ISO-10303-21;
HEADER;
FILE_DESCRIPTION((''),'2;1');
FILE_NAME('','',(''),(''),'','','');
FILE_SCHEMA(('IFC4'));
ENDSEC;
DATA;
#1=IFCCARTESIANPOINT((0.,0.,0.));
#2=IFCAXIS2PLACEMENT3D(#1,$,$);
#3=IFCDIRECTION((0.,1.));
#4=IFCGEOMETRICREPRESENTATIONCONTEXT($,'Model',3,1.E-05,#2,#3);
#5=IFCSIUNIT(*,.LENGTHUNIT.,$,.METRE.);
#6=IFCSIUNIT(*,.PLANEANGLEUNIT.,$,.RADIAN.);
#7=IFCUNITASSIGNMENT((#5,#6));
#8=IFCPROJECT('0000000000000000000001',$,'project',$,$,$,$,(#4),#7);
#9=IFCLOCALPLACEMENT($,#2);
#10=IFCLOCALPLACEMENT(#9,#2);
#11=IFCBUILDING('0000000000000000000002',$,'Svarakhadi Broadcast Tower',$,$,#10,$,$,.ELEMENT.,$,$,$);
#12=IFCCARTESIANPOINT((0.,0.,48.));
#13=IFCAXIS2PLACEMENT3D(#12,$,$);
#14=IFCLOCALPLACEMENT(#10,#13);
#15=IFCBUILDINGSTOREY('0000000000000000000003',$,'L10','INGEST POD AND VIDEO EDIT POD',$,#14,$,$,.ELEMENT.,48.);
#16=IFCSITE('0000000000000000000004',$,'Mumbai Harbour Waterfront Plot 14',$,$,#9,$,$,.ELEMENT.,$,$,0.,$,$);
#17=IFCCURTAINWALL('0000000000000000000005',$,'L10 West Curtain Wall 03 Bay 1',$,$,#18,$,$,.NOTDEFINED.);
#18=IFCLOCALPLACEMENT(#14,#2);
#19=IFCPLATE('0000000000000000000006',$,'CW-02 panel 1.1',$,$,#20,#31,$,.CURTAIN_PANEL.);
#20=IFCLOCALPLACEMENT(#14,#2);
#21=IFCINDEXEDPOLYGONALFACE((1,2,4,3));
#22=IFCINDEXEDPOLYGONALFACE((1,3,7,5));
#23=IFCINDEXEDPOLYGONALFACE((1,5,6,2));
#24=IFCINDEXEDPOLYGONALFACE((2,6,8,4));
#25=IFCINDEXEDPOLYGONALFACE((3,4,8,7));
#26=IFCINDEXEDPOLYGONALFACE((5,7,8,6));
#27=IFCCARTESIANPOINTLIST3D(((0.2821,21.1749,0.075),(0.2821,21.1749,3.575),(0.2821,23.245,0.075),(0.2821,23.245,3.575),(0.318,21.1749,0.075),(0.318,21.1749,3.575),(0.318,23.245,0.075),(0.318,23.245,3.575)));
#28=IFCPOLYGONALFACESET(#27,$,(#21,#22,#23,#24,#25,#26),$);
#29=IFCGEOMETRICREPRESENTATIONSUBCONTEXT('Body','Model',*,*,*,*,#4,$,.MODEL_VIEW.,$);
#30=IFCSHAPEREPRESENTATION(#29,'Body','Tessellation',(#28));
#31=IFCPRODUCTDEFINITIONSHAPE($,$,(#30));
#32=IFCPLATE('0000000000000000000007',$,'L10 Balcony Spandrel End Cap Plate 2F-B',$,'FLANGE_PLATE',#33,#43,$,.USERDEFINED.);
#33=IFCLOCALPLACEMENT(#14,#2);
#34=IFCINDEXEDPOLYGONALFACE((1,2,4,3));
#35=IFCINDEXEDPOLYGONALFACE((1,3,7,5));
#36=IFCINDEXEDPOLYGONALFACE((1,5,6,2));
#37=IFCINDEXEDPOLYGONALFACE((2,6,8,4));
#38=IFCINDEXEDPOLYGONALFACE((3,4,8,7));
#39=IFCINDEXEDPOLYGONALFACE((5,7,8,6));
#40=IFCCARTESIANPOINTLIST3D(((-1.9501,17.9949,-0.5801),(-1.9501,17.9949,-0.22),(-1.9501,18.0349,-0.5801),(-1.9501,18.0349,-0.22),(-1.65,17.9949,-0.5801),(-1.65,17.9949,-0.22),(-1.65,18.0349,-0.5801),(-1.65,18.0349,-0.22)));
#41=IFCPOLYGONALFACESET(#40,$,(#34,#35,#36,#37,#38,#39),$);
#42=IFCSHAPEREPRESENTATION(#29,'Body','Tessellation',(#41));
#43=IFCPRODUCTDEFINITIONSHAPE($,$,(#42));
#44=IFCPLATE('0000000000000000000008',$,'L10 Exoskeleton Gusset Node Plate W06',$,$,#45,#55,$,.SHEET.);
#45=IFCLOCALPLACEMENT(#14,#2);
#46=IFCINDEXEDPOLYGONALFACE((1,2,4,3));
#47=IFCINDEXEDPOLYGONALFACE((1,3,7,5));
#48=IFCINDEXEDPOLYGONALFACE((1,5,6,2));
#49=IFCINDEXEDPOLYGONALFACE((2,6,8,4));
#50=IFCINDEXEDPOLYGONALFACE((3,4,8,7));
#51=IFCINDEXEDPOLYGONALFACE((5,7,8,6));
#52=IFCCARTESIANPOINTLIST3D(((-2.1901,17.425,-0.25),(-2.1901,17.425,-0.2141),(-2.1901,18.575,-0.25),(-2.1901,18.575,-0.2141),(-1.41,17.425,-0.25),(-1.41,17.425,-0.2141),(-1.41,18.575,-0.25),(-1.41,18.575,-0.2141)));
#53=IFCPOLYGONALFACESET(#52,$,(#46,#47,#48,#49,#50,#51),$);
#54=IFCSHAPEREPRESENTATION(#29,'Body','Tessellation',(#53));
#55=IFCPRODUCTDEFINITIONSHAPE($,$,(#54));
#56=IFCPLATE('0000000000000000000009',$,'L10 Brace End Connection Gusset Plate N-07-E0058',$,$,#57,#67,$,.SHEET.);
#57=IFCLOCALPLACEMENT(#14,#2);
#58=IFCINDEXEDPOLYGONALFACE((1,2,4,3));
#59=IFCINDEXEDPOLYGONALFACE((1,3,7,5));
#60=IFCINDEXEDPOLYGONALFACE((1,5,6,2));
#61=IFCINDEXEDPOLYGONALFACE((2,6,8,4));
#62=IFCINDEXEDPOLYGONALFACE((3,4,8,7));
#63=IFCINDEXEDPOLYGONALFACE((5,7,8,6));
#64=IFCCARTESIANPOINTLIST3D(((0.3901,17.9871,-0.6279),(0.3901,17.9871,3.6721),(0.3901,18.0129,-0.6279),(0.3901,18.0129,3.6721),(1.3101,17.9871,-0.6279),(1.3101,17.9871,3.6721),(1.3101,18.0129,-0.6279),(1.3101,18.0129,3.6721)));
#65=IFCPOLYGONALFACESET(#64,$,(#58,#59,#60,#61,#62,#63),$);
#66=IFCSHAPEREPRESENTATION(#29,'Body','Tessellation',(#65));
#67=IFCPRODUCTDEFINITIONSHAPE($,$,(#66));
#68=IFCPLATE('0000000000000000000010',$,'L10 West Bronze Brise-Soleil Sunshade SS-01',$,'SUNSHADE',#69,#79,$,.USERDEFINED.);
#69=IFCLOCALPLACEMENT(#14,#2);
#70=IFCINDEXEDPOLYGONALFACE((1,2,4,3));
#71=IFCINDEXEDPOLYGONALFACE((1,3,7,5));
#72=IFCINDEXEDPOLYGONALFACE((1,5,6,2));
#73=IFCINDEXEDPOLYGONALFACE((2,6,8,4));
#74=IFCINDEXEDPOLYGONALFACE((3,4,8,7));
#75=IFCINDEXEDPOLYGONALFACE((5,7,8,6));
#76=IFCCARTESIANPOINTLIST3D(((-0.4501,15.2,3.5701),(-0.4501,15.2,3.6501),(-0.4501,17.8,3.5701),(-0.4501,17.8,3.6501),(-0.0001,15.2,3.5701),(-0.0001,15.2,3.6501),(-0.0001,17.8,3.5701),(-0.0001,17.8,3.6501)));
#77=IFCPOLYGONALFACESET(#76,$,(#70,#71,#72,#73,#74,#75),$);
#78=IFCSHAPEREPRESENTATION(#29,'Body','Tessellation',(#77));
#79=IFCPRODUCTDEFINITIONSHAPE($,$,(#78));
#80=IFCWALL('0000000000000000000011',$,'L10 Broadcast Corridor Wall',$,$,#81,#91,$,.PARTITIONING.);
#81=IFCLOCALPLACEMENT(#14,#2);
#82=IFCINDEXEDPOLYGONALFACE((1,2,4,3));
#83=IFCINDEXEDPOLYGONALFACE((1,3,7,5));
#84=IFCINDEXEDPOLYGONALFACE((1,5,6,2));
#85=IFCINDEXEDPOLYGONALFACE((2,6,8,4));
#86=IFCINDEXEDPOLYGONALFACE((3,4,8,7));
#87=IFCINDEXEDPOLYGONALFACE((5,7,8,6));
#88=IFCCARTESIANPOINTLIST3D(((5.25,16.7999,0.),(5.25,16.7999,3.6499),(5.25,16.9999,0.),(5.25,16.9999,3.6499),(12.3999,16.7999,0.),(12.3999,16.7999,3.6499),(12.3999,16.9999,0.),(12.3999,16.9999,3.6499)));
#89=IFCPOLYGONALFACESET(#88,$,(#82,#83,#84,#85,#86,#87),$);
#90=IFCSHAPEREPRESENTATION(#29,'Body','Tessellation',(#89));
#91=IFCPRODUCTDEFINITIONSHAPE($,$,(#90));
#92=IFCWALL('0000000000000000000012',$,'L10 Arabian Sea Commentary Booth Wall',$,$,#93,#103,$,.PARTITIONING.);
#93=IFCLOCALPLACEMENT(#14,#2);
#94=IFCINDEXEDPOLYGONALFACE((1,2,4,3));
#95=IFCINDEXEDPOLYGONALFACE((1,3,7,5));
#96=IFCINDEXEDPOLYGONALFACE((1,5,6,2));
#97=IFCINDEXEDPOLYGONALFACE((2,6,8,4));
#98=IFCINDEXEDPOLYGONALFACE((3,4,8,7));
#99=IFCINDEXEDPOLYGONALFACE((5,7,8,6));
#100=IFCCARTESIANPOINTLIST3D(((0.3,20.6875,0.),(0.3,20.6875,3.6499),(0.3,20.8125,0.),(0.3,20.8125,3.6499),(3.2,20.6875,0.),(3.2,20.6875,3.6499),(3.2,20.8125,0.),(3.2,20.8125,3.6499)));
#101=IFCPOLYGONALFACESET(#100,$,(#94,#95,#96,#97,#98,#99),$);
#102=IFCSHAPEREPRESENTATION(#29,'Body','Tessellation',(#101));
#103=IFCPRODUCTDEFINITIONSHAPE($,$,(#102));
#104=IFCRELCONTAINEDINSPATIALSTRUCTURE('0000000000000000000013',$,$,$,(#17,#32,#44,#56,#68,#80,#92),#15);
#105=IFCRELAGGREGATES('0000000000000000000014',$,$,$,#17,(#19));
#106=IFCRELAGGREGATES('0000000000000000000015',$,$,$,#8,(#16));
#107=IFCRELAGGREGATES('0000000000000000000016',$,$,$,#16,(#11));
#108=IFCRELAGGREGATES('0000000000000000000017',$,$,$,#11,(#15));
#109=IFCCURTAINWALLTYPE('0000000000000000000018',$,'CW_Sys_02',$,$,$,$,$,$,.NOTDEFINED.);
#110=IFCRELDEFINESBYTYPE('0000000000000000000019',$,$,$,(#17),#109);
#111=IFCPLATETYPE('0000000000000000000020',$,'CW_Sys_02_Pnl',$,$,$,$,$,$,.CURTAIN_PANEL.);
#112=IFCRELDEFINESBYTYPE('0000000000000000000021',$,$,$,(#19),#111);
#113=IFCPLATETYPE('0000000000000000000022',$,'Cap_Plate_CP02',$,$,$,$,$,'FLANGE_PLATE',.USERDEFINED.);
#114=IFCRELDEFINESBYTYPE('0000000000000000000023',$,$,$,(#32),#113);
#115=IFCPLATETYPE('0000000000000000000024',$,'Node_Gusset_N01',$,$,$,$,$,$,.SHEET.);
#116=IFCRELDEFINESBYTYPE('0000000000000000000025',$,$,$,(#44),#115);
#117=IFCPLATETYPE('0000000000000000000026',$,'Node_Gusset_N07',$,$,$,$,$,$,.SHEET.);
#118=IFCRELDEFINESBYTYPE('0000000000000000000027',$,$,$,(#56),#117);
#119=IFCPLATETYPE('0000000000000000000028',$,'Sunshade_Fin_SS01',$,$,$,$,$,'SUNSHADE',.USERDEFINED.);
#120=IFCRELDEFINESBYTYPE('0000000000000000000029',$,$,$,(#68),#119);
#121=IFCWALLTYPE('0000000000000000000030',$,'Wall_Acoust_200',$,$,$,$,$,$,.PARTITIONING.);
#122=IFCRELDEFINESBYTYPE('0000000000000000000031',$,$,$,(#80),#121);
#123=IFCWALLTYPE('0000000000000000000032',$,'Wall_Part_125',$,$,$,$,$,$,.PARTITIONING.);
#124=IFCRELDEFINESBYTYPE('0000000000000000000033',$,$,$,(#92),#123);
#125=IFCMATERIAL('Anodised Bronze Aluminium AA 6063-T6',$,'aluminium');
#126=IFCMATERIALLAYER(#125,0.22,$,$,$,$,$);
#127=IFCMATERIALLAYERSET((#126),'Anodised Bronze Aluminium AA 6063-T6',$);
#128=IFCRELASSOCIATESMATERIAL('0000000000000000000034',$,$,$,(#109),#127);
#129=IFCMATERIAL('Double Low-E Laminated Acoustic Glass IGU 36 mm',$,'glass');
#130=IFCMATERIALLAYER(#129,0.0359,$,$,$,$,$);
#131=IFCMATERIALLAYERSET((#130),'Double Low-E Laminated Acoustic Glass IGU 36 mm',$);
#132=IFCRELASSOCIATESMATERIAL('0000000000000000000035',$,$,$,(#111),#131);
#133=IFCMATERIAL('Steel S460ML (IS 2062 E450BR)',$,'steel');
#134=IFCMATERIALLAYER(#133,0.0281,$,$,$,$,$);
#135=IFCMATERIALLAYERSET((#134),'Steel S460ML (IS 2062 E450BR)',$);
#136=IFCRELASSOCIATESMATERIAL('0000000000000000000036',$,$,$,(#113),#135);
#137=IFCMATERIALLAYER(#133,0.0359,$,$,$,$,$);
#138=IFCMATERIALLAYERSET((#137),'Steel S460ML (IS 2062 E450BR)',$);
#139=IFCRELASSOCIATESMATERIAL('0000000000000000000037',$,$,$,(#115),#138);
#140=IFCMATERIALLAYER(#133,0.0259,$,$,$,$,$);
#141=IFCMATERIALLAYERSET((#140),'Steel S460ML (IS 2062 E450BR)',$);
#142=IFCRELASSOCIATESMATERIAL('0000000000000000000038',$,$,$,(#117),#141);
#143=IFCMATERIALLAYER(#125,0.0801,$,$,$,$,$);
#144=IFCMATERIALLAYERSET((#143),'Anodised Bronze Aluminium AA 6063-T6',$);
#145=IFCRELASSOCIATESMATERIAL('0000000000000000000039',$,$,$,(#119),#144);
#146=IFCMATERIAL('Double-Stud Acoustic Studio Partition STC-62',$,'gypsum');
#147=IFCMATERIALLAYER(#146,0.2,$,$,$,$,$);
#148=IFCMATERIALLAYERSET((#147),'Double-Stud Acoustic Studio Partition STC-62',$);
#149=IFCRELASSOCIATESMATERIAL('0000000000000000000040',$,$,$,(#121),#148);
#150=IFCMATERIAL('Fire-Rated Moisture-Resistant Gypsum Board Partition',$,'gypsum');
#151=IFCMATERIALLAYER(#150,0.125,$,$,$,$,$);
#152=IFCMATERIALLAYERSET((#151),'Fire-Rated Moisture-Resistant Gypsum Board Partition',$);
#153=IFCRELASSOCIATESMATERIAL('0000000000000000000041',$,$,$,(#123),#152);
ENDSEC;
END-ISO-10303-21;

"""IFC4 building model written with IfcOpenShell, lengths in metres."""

from ifc_helpers import new_model, si_unit, direction, frame, frame_2d, origin, origin_2d, place, context, subcontext, project, spatial, rectangle, extrude, material, layer, layer_set, type_object, element, aggregate, save


model = new_model("IFC4")

# Units and contexts
model_context = context("Model", 3, precision=1e-05, world=origin(), true_north=direction((0.0, 1.0)))
body_context = subcontext(model_context, "Body", "Model", "MODEL_VIEW")
ifc_project = project(units=[si_unit("LENGTHUNIT", "METRE"), si_unit("PLANEANGLEUNIT", "RADIAN")], contexts=[model_context])

# Site, building, storey
site_placement = place(None, origin())
site = spatial("IfcSite", under=ifc_project, at=site_placement, Name="Mumbai Harbour Waterfront Plot 14", CompositionType="ELEMENT", RefElevation=0.0)
building_placement = place(site_placement, origin())
building = spatial("IfcBuilding", under=site, at=building_placement, Name="Svarakhadi Broadcast Tower", CompositionType="ELEMENT")
storey_placement = place(building_placement, frame((0.0, 0.0, 48.0)))
storey = spatial("IfcBuildingStorey", under=building, at=storey_placement, Name="L10", Description="INGEST POD AND VIDEO EDIT POD", CompositionType="ELEMENT", Elevation=48.0)

# Shared definitions
ifc_material_1 = material(Name="Steel S460ML (IS 2062 E450BR)", Category="steel")

# Curtain wall
ifc_material_2 = material(Name="Anodised Bronze Aluminium AA 6063-T6", Category="aluminium")
ifc_layer_1 = layer(ifc_material_2, 0.22)
ifc_layer_set_1 = layer_set([ifc_layer_1], Name="Anodised Bronze Aluminium AA 6063-T6")
curtain_wall_type = type_object("IfcCurtainWallType", Name="CW_Sys_02", PredefinedType="NOTDEFINED", material=ifc_layer_set_1)
curtain_wall_placement = place(storey_placement, origin())
curtain_wall = element("IfcCurtainWall", 1, at=curtain_wall_placement, inside=storey, type_object=curtain_wall_type, Name="L10 West Curtain Wall 03 Bay 1", PredefinedType="NOTDEFINED")

# Plate
ifc_material_3 = material(Name="Double Low-E Laminated Acoustic Glass IGU 36 mm", Category="glass")
ifc_layer_2 = layer(ifc_material_3, 0.0359)
ifc_layer_set_2 = layer_set([ifc_layer_2], Name="Double Low-E Laminated Acoustic Glass IGU 36 mm")
plate_type_1 = type_object("IfcPlateType", Name="CW_Sys_02_Pnl", PredefinedType="CURTAIN_PANEL", material=ifc_layer_set_2)
plate_1_placement = place(storey_placement, frame((0.3, 22.21, 0.075), z_axis=(0.0, 0.0, 1.0), x_axis=(0.0, 1.0, 0.0)))
plate_1 = element("IfcPlate", 2, at=plate_1_placement, type_object=plate_type_1, Name="CW-02 panel 1.1", PredefinedType="CURTAIN_PANEL", context=body_context, shape_type="SweptSolid", body=[
    extrude(rectangle(XDim=2.0701, YDim=0.0359, at=origin_2d()), origin(), (0.0, 0.0, 1.0), 3.5),
])
aggregate(curtain_wall, [plate_1])

# Plates
ifc_layer_3 = layer(ifc_material_1, 0.0281)
ifc_layer_set_3 = layer_set([ifc_layer_3], Name="Steel S460ML (IS 2062 E450BR)")
plate_type_2 = type_object("IfcPlateType", Name="Cap_Plate_CP02", ElementType="FLANGE_PLATE", PredefinedType="USERDEFINED", material=ifc_layer_set_3)
plate_2_placement = place(storey_placement, frame((-1.8, 18.0149, -0.5801), z_axis=(0.0, 0.0, 1.0), x_axis=(1.0, 0.0, 0.0)))
element("IfcPlate", 3, at=plate_2_placement, inside=storey, type_object=plate_type_2, Name="L10 Balcony Spandrel End Cap Plate 2F-B", ObjectType="FLANGE_PLATE", PredefinedType="USERDEFINED", context=body_context, shape_type="SweptSolid", body=[
    extrude(rectangle(XDim=0.3, YDim=0.04, at=origin_2d()), origin(), (0.0, 0.0, 1.0), 0.3601),
])
ifc_layer_4 = layer(ifc_material_1, 0.0359)
ifc_layer_set_4 = layer_set([ifc_layer_4], Name="Steel S460ML (IS 2062 E450BR)")
plate_type_3 = type_object("IfcPlateType", Name="Node_Gusset_N01", PredefinedType="SHEET", material=ifc_layer_set_4)
plate_3_placement = place(storey_placement, frame((-1.8, 18.0, -0.25), z_axis=(0.0, 0.0, 1.0), x_axis=(0.0, 1.0, 0.0)))
element("IfcPlate", 4, at=plate_3_placement, inside=storey, type_object=plate_type_3, Name="L10 Exoskeleton Gusset Node Plate W06", PredefinedType="SHEET", context=body_context, shape_type="SweptSolid", body=[
    extrude(rectangle(XDim=1.1499, YDim=0.78, at=origin_2d()), origin(), (0.0, 0.0, 1.0), 0.0359),
])
ifc_layer_5 = layer(ifc_material_1, 0.0259)
ifc_layer_set_5 = layer_set([ifc_layer_5], Name="Steel S460ML (IS 2062 E450BR)")
plate_type_4 = type_object("IfcPlateType", Name="Node_Gusset_N07", PredefinedType="SHEET", material=ifc_layer_set_5)
plate_4_placement = place(storey_placement, frame((0.8501, 18.0, -0.6279), z_axis=(0.0, 0.0, 1.0), x_axis=(1.0, 0.0, 0.0)))
element("IfcPlate", 5, at=plate_4_placement, inside=storey, type_object=plate_type_4, Name="L10 Brace End Connection Gusset Plate N-07-E0058", PredefinedType="SHEET", context=body_context, shape_type="SweptSolid", body=[
    extrude(rectangle(XDim=0.9199, YDim=0.0259, at=origin_2d()), origin(), (0.0, 0.0, 1.0), 4.3),
])
ifc_layer_6 = layer(ifc_material_2, 0.0801)
ifc_layer_set_6 = layer_set([ifc_layer_6], Name="Anodised Bronze Aluminium AA 6063-T6")
plate_type_5 = type_object("IfcPlateType", Name="Sunshade_Fin_SS01", ElementType="SUNSHADE", PredefinedType="USERDEFINED", material=ifc_layer_set_6)
plate_5_placement = place(storey_placement, frame((-0.2251, 16.5, 3.5701), z_axis=(0.0, 0.0, 1.0), x_axis=(0.0, 1.0, 0.0)))
element("IfcPlate", 6, at=plate_5_placement, inside=storey, type_object=plate_type_5, Name="L10 West Bronze Brise-Soleil Sunshade SS-01", ObjectType="SUNSHADE", PredefinedType="USERDEFINED", context=body_context, shape_type="SweptSolid", body=[
    extrude(rectangle(XDim=2.6001, YDim=0.45, at=origin_2d()), origin(), (0.0, 0.0, 1.0), 0.0801),
])

# Walls
ifc_material_4 = material(Name="Double-Stud Acoustic Studio Partition STC-62", Category="gypsum")
ifc_layer_7 = layer(ifc_material_4, 0.2)
ifc_layer_set_7 = layer_set([ifc_layer_7], Name="Double-Stud Acoustic Studio Partition STC-62")
wall_type_1 = type_object("IfcWallType", Name="Wall_Acoust_200", PredefinedType="PARTITIONING", material=ifc_layer_set_7)
wall_1_placement = place(storey_placement, frame((5.25, 16.8999, 0.0), z_axis=(0.0, 0.0, 1.0), x_axis=(1.0, 0.0, 0.0)))
element("IfcWall", 7, at=wall_1_placement, inside=storey, type_object=wall_type_1, Name="L10 Broadcast Corridor Wall", PredefinedType="PARTITIONING", context=body_context, shape_type="SweptSolid", body=[
    extrude(rectangle(XDim=7.1499, YDim=0.2, at=frame_2d((3.575, 0.0))), origin(), (0.0, 0.0, 1.0), 3.6499),
])
ifc_material_5 = material(Name="Fire-Rated Moisture-Resistant Gypsum Board Partition", Category="gypsum")
ifc_layer_8 = layer(ifc_material_5, 0.125)
ifc_layer_set_8 = layer_set([ifc_layer_8], Name="Fire-Rated Moisture-Resistant Gypsum Board Partition")
wall_type_2 = type_object("IfcWallType", Name="Wall_Part_125", PredefinedType="PARTITIONING", material=ifc_layer_set_8)
wall_2_placement = place(storey_placement, frame((0.3, 20.75, 0.0), z_axis=(0.0, 0.0, 1.0), x_axis=(1.0, 0.0, 0.0)))
element("IfcWall", 8, at=wall_2_placement, inside=storey, type_object=wall_type_2, Name="L10 Arabian Sea Commentary Booth Wall", PredefinedType="PARTITIONING", context=body_context, shape_type="SweptSolid", body=[
    extrude(rectangle(XDim=2.8999, YDim=0.125, at=frame_2d((1.45, 0.0))), origin(), (0.0, 0.0, 1.0), 3.6499),
])

save(model, "model.ifc")
